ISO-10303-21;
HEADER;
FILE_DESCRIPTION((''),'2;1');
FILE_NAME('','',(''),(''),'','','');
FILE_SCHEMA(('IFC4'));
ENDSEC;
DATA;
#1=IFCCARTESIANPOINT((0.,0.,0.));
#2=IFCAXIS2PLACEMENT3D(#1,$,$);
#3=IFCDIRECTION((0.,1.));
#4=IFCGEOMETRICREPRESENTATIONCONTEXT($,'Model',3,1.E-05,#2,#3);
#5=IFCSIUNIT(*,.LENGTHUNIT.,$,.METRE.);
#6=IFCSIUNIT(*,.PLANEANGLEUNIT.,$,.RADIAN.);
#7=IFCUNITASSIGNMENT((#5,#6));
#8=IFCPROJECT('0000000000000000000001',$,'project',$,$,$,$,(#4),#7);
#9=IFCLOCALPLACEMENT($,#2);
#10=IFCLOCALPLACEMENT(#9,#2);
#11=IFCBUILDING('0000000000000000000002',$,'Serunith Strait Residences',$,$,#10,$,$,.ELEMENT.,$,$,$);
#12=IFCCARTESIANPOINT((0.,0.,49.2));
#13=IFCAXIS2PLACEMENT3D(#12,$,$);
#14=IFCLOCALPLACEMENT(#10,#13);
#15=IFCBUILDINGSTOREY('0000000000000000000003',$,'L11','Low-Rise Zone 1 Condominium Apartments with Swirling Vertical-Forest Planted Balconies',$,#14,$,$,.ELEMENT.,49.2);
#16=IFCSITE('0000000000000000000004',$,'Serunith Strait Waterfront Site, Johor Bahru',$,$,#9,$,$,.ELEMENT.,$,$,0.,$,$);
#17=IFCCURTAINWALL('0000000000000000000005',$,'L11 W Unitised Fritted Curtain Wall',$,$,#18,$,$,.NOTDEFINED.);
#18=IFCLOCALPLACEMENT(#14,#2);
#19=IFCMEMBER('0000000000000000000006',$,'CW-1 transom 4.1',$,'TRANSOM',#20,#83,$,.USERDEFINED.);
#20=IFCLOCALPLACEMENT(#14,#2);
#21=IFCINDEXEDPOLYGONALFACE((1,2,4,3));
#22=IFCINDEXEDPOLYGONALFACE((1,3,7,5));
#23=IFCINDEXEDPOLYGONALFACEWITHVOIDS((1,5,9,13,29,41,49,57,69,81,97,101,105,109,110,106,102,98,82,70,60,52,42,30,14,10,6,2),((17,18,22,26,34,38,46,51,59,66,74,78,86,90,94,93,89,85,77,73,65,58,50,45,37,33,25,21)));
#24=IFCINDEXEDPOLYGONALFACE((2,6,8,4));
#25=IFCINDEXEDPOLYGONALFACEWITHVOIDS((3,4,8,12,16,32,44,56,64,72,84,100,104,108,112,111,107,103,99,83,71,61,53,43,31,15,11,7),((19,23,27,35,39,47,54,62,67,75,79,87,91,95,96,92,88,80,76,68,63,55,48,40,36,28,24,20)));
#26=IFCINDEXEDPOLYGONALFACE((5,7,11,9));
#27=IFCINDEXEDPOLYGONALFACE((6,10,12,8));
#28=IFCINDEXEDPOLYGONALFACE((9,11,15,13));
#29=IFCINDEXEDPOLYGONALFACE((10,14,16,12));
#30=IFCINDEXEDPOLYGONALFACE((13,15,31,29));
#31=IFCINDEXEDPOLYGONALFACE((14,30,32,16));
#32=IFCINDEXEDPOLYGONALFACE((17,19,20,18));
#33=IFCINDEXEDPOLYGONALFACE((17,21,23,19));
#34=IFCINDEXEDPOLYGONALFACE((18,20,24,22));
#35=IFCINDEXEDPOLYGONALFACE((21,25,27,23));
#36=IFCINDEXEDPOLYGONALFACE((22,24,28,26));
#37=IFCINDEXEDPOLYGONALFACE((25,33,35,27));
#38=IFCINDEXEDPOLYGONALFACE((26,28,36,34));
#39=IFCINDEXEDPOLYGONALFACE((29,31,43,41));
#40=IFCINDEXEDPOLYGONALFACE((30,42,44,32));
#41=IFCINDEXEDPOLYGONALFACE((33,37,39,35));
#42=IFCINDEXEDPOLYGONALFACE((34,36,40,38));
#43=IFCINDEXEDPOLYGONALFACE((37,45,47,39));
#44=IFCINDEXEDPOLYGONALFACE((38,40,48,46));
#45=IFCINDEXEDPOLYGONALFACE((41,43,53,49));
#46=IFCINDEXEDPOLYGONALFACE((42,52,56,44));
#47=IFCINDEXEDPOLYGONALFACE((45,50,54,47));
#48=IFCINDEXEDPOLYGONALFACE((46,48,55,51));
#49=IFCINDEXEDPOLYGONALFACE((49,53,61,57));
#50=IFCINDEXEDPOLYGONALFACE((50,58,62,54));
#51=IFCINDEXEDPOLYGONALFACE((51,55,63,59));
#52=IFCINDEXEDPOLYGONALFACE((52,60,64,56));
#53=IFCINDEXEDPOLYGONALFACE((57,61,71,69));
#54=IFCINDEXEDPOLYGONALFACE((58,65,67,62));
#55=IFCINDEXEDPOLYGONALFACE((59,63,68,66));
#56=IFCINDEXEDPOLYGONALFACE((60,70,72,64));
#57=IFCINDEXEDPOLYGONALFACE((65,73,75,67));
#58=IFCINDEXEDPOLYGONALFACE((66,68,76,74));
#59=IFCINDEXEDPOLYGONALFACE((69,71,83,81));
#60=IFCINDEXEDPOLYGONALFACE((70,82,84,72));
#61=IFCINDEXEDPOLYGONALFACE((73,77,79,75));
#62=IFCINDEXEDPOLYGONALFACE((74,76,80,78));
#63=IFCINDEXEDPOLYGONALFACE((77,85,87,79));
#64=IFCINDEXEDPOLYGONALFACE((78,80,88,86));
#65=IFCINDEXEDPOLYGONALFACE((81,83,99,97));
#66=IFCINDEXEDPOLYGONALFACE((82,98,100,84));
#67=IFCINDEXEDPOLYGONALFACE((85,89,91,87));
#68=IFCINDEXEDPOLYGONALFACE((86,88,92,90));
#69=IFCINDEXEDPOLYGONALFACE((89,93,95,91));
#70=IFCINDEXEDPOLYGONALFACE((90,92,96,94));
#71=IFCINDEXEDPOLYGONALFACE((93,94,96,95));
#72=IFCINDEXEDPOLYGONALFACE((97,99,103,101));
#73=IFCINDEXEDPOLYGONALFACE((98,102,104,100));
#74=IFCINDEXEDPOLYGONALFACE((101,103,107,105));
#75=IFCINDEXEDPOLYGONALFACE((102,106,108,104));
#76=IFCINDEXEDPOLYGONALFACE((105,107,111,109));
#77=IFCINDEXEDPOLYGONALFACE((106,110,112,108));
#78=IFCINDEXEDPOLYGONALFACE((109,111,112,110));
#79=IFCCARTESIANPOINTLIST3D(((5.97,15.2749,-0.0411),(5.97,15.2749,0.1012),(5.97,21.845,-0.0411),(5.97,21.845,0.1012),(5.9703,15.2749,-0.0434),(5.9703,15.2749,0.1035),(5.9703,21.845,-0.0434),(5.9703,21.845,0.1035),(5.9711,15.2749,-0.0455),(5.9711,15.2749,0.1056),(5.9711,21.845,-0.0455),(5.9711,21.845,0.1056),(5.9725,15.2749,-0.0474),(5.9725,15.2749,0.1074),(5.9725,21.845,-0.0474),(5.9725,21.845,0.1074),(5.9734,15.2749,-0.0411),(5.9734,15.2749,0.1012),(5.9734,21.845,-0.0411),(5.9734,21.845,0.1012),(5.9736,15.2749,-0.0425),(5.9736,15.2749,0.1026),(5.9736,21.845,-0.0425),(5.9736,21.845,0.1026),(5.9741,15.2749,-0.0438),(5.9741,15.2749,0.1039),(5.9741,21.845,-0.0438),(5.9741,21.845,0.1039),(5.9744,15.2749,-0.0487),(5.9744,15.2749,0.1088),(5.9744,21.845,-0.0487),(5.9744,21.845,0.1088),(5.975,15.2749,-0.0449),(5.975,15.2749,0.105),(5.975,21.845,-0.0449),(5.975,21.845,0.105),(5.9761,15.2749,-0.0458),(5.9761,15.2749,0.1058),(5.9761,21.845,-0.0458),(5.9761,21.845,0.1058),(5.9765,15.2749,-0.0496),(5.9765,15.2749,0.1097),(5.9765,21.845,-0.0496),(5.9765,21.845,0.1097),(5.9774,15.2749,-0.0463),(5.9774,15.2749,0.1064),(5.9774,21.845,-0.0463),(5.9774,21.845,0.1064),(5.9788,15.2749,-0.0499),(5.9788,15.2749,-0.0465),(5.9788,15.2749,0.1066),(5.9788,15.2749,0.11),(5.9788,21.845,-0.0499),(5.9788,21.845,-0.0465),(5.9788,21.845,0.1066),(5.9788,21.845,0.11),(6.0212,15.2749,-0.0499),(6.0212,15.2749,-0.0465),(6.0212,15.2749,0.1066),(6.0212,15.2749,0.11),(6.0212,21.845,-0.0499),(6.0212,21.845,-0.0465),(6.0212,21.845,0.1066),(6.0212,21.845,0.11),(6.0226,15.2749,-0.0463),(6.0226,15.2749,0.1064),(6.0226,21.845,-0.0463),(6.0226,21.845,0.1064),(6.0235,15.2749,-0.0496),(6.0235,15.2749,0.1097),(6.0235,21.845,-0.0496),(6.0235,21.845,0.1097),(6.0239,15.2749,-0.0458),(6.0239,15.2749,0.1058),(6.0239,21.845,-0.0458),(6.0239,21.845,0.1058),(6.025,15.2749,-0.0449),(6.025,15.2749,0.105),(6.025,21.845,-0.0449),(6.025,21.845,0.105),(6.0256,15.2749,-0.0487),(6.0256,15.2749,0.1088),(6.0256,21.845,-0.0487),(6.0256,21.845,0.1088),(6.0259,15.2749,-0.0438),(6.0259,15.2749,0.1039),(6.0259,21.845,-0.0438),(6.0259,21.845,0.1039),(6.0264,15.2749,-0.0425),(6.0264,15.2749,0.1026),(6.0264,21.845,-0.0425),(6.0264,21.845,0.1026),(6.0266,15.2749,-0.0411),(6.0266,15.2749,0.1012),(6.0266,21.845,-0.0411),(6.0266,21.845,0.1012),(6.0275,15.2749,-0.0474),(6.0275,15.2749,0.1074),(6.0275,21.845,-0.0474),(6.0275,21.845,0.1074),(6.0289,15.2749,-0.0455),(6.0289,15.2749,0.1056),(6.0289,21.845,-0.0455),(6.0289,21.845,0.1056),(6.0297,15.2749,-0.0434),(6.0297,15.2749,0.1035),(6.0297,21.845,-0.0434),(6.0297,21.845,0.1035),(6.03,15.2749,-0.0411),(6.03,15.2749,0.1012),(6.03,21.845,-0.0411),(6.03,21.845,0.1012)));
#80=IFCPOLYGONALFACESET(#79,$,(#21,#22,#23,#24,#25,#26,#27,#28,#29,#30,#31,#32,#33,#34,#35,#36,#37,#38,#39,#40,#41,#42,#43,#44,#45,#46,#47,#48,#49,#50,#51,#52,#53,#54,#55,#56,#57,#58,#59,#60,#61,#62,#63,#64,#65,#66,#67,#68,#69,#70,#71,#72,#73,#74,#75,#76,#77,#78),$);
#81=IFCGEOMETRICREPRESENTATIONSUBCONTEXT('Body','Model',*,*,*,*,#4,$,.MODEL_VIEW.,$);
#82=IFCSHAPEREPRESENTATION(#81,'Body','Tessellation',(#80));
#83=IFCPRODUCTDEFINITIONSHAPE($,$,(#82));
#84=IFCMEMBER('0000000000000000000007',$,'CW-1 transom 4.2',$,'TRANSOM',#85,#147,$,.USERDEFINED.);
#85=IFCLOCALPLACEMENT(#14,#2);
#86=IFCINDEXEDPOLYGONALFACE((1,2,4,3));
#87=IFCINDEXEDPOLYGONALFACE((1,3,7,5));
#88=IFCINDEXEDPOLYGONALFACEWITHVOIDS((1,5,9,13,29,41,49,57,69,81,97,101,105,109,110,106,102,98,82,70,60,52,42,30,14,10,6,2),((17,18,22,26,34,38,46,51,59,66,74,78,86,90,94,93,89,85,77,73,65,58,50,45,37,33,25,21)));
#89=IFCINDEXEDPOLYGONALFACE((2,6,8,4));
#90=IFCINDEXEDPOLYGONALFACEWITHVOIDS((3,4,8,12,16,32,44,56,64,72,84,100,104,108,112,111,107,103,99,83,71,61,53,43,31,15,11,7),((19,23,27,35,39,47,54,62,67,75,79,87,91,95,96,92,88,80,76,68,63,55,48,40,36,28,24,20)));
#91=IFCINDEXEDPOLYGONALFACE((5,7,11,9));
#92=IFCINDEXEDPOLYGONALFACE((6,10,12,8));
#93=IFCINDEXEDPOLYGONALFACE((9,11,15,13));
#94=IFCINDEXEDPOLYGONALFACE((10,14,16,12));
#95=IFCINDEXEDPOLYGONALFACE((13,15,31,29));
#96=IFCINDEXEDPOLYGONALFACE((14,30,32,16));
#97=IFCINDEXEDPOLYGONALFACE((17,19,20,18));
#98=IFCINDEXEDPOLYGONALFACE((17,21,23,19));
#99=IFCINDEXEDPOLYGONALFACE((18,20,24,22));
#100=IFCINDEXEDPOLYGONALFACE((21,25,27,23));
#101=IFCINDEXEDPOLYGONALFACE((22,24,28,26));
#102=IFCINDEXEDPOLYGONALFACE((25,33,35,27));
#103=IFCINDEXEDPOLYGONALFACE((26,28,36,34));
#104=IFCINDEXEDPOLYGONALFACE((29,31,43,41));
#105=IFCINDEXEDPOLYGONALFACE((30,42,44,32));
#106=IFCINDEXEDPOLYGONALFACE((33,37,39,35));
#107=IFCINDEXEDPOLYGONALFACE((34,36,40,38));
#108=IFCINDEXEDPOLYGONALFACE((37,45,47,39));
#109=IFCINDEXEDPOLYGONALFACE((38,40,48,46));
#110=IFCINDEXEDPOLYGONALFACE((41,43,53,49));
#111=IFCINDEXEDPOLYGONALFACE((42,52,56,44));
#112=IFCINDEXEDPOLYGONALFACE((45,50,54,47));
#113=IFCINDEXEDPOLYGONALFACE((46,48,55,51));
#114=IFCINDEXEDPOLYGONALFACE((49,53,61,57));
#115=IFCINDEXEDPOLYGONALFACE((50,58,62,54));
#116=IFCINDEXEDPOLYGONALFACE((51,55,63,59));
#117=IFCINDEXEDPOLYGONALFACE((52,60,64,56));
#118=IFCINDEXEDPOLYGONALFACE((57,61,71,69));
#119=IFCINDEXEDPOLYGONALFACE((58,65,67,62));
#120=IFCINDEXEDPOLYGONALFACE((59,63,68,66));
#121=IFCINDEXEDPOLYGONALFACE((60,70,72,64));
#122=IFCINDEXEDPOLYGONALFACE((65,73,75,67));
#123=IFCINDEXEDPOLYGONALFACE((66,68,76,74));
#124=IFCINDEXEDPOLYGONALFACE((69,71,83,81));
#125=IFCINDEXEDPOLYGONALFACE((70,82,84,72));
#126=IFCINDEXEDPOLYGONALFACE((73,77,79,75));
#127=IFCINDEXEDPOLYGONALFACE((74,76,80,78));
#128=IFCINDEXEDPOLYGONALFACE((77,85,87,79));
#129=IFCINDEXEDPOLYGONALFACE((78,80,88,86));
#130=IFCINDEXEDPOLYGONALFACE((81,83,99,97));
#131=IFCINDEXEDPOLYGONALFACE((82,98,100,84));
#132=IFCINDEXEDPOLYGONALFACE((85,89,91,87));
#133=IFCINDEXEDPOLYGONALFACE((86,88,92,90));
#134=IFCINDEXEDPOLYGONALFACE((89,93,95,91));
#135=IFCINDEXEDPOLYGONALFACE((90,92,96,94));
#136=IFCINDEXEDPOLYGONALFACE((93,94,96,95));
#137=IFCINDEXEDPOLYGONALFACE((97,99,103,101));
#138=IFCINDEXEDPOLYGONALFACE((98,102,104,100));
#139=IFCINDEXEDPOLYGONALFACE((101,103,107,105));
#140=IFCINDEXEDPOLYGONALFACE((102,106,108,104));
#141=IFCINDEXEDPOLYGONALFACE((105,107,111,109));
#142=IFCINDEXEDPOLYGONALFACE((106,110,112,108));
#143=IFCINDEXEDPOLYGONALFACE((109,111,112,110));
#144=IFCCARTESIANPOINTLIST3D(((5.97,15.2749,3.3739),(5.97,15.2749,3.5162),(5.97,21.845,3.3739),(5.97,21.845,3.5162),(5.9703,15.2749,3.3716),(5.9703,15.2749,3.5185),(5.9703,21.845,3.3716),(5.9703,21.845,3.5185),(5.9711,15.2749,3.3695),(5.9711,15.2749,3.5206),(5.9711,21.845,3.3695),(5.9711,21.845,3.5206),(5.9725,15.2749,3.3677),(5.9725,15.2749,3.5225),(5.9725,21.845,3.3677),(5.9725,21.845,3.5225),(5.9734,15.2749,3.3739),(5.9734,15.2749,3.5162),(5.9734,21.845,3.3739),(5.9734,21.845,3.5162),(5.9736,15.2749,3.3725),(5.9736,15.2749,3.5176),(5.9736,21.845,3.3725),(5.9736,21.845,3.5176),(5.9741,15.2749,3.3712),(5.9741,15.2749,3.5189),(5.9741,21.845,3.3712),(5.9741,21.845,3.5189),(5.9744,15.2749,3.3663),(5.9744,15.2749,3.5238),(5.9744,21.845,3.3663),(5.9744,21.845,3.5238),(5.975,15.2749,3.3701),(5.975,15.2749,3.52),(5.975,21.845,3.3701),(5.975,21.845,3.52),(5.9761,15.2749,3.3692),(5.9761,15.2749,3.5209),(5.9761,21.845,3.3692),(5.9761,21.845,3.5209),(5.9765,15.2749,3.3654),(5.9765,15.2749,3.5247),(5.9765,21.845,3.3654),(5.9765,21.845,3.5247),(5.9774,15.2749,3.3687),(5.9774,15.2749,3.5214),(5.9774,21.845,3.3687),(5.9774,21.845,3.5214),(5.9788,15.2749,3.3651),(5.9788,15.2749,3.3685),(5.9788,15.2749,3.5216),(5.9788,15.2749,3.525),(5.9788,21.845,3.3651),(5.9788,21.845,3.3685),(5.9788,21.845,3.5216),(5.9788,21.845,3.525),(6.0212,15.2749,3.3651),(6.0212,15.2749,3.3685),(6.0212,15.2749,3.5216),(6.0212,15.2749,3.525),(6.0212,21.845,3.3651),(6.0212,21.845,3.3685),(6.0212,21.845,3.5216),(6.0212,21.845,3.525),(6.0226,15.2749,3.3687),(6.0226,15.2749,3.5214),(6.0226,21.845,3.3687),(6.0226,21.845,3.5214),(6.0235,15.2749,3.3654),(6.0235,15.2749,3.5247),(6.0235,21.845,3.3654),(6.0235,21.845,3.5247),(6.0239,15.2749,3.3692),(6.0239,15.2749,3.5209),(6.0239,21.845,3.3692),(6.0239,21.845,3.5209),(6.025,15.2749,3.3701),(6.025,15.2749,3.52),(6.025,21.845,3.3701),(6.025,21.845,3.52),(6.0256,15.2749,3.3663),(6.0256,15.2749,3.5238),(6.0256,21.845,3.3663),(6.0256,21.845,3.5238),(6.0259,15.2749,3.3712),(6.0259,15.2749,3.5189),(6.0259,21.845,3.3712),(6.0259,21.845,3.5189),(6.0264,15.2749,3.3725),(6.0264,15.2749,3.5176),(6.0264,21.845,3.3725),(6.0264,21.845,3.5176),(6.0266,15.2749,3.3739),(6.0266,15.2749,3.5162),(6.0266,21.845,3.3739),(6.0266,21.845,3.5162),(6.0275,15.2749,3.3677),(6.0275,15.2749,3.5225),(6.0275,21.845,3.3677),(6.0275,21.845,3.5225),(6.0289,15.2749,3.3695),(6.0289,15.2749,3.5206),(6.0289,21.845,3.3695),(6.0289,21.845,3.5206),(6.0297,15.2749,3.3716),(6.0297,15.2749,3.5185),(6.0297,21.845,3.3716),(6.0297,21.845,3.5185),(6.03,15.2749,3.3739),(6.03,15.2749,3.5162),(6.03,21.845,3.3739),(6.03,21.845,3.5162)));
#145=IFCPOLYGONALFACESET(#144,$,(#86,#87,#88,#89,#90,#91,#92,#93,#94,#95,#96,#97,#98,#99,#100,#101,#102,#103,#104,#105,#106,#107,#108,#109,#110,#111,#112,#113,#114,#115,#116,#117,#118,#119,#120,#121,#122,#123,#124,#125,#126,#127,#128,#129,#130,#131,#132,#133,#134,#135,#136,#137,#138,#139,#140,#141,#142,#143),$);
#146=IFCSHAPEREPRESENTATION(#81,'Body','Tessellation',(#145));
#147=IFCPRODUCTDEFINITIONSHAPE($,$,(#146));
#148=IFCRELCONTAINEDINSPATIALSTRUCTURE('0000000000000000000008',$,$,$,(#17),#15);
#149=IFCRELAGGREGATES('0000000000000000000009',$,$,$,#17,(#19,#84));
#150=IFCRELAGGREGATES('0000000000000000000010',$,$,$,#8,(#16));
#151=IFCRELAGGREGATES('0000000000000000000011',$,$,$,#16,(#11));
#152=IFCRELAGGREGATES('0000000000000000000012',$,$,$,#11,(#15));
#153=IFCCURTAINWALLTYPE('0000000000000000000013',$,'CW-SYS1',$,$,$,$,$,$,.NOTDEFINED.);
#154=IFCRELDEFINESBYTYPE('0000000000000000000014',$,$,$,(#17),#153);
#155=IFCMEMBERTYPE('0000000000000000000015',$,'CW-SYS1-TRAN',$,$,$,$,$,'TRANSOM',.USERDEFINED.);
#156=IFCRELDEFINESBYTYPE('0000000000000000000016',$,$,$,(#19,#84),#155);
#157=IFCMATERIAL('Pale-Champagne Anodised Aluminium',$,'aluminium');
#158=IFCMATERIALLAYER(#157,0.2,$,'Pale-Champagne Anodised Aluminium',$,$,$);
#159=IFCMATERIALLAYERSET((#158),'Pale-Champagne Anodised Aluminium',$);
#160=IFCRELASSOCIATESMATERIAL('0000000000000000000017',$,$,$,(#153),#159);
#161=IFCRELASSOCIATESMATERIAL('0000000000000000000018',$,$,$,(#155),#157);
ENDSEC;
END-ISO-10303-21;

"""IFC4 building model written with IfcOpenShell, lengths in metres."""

from ifc_helpers import new_model, si_unit, direction, frame, origin, origin_2d, place, context, subcontext, project, spatial, hollow_rectangle, extrude, source, transform, mapped, material, layer, layer_set, material_profile, profile_set, type_object, element, aggregate, save


model = new_model("IFC4")

# Units and contexts
model_context = context("Model", 3, precision=1e-05, world=origin(), true_north=direction((0.0, 1.0)))
body_context = subcontext(model_context, "Body", "Model", "MODEL_VIEW")
ifc_project = project(units=[si_unit("LENGTHUNIT", "METRE"), si_unit("PLANEANGLEUNIT", "RADIAN")], contexts=[model_context])

# Site, building, storey
site_placement = place(None, origin())
site = spatial("IfcSite", under=ifc_project, at=site_placement, Name="Serunith Strait Waterfront Site, Johor Bahru", CompositionType="ELEMENT", RefElevation=0.0)
building_placement = place(site_placement, origin())
building = spatial("IfcBuilding", under=site, at=building_placement, Name="Serunith Strait Residences", CompositionType="ELEMENT")
storey_placement = place(building_placement, frame((0.0, 0.0, 49.2)))
storey = spatial("IfcBuildingStorey", under=building, at=storey_placement, Name="L11", Description="Low-Rise Zone 1 Condominium Apartments with Swirling Vertical-Forest Planted Balconies", CompositionType="ELEMENT", Elevation=49.2)

# Curtain wall, members
ifc_material_1 = material(Name="Pale-Champagne Anodised Aluminium", Category="aluminium")
ifc_layer_1 = layer(ifc_material_1, 0.2, Name="Pale-Champagne Anodised Aluminium")
ifc_layer_set_1 = layer_set([ifc_layer_1], Name="Pale-Champagne Anodised Aluminium")
curtain_wall_type = type_object("IfcCurtainWallType", Name="CW-SYS1", PredefinedType="NOTDEFINED", material=ifc_layer_set_1)
curtain_wall_placement = place(storey_placement, origin())
curtain_wall = element("IfcCurtainWall", 1, at=curtain_wall_placement, inside=storey, type_object=curtain_wall_type, Name="L11 W Unitised Fritted Curtain Wall", PredefinedType="NOTDEFINED")
ifc_material_profile_1 = material_profile(ifc_material_1, hollow_rectangle(XDim=0.0601, YDim=0.1599, WallThickness=0.0034, InnerFilletRadius=0.0054, OuterFilletRadius=0.0088, at=origin_2d()), Name="ALU 160x60x3.5")
ifc_profile_set_1 = profile_set([ifc_material_profile_1], Name="Pale-Champagne Anodised Aluminium")
member_type_1 = type_object("IfcMemberType", Name="CW-SYS1-TRAN", ElementType="TRANSOM", PredefinedType="USERDEFINED", material=ifc_profile_set_1)
shared_shape_1 = source(origin(), body_context, "Body", "SweptSolid", [
    extrude(hollow_rectangle(XDim=0.0601, YDim=0.1599, WallThickness=0.0034, InnerFilletRadius=0.0054, OuterFilletRadius=0.0088, at=origin_2d()), origin(), (0.0, 0.0, 1.0), 6.5701),
])
member_1_placement = place(storey_placement, frame((6.0, 21.845, 0.03), z_axis=(0.0, -1.0, 0.0), x_axis=(1.0, 0.0, 0.0)))
member_1 = element("IfcMember", 2, at=member_1_placement, type_object=member_type_1, Name="CW-1 transom 4.1", ObjectType="TRANSOM", PredefinedType="USERDEFINED", context=body_context, shape_type="MappedRepresentation", body=[
    mapped(shared_shape_1, transform((0.0, 0.0, 0.0), scale=1.0)),
])
member_2_placement = place(storey_placement, frame((6.0, 21.845, 3.4451), z_axis=(0.0, -1.0, 0.0), x_axis=(1.0, 0.0, 0.0)))
member_2 = element("IfcMember", 3, at=member_2_placement, type_object=member_type_1, Name="CW-1 transom 4.2", ObjectType="TRANSOM", PredefinedType="USERDEFINED", context=body_context, shape_type="MappedRepresentation", body=[
    mapped(shared_shape_1, transform((0.0, 0.0, 0.0), scale=1.0)),
])
aggregate(curtain_wall, [member_1, member_2])

save(model, "model.ifc")
